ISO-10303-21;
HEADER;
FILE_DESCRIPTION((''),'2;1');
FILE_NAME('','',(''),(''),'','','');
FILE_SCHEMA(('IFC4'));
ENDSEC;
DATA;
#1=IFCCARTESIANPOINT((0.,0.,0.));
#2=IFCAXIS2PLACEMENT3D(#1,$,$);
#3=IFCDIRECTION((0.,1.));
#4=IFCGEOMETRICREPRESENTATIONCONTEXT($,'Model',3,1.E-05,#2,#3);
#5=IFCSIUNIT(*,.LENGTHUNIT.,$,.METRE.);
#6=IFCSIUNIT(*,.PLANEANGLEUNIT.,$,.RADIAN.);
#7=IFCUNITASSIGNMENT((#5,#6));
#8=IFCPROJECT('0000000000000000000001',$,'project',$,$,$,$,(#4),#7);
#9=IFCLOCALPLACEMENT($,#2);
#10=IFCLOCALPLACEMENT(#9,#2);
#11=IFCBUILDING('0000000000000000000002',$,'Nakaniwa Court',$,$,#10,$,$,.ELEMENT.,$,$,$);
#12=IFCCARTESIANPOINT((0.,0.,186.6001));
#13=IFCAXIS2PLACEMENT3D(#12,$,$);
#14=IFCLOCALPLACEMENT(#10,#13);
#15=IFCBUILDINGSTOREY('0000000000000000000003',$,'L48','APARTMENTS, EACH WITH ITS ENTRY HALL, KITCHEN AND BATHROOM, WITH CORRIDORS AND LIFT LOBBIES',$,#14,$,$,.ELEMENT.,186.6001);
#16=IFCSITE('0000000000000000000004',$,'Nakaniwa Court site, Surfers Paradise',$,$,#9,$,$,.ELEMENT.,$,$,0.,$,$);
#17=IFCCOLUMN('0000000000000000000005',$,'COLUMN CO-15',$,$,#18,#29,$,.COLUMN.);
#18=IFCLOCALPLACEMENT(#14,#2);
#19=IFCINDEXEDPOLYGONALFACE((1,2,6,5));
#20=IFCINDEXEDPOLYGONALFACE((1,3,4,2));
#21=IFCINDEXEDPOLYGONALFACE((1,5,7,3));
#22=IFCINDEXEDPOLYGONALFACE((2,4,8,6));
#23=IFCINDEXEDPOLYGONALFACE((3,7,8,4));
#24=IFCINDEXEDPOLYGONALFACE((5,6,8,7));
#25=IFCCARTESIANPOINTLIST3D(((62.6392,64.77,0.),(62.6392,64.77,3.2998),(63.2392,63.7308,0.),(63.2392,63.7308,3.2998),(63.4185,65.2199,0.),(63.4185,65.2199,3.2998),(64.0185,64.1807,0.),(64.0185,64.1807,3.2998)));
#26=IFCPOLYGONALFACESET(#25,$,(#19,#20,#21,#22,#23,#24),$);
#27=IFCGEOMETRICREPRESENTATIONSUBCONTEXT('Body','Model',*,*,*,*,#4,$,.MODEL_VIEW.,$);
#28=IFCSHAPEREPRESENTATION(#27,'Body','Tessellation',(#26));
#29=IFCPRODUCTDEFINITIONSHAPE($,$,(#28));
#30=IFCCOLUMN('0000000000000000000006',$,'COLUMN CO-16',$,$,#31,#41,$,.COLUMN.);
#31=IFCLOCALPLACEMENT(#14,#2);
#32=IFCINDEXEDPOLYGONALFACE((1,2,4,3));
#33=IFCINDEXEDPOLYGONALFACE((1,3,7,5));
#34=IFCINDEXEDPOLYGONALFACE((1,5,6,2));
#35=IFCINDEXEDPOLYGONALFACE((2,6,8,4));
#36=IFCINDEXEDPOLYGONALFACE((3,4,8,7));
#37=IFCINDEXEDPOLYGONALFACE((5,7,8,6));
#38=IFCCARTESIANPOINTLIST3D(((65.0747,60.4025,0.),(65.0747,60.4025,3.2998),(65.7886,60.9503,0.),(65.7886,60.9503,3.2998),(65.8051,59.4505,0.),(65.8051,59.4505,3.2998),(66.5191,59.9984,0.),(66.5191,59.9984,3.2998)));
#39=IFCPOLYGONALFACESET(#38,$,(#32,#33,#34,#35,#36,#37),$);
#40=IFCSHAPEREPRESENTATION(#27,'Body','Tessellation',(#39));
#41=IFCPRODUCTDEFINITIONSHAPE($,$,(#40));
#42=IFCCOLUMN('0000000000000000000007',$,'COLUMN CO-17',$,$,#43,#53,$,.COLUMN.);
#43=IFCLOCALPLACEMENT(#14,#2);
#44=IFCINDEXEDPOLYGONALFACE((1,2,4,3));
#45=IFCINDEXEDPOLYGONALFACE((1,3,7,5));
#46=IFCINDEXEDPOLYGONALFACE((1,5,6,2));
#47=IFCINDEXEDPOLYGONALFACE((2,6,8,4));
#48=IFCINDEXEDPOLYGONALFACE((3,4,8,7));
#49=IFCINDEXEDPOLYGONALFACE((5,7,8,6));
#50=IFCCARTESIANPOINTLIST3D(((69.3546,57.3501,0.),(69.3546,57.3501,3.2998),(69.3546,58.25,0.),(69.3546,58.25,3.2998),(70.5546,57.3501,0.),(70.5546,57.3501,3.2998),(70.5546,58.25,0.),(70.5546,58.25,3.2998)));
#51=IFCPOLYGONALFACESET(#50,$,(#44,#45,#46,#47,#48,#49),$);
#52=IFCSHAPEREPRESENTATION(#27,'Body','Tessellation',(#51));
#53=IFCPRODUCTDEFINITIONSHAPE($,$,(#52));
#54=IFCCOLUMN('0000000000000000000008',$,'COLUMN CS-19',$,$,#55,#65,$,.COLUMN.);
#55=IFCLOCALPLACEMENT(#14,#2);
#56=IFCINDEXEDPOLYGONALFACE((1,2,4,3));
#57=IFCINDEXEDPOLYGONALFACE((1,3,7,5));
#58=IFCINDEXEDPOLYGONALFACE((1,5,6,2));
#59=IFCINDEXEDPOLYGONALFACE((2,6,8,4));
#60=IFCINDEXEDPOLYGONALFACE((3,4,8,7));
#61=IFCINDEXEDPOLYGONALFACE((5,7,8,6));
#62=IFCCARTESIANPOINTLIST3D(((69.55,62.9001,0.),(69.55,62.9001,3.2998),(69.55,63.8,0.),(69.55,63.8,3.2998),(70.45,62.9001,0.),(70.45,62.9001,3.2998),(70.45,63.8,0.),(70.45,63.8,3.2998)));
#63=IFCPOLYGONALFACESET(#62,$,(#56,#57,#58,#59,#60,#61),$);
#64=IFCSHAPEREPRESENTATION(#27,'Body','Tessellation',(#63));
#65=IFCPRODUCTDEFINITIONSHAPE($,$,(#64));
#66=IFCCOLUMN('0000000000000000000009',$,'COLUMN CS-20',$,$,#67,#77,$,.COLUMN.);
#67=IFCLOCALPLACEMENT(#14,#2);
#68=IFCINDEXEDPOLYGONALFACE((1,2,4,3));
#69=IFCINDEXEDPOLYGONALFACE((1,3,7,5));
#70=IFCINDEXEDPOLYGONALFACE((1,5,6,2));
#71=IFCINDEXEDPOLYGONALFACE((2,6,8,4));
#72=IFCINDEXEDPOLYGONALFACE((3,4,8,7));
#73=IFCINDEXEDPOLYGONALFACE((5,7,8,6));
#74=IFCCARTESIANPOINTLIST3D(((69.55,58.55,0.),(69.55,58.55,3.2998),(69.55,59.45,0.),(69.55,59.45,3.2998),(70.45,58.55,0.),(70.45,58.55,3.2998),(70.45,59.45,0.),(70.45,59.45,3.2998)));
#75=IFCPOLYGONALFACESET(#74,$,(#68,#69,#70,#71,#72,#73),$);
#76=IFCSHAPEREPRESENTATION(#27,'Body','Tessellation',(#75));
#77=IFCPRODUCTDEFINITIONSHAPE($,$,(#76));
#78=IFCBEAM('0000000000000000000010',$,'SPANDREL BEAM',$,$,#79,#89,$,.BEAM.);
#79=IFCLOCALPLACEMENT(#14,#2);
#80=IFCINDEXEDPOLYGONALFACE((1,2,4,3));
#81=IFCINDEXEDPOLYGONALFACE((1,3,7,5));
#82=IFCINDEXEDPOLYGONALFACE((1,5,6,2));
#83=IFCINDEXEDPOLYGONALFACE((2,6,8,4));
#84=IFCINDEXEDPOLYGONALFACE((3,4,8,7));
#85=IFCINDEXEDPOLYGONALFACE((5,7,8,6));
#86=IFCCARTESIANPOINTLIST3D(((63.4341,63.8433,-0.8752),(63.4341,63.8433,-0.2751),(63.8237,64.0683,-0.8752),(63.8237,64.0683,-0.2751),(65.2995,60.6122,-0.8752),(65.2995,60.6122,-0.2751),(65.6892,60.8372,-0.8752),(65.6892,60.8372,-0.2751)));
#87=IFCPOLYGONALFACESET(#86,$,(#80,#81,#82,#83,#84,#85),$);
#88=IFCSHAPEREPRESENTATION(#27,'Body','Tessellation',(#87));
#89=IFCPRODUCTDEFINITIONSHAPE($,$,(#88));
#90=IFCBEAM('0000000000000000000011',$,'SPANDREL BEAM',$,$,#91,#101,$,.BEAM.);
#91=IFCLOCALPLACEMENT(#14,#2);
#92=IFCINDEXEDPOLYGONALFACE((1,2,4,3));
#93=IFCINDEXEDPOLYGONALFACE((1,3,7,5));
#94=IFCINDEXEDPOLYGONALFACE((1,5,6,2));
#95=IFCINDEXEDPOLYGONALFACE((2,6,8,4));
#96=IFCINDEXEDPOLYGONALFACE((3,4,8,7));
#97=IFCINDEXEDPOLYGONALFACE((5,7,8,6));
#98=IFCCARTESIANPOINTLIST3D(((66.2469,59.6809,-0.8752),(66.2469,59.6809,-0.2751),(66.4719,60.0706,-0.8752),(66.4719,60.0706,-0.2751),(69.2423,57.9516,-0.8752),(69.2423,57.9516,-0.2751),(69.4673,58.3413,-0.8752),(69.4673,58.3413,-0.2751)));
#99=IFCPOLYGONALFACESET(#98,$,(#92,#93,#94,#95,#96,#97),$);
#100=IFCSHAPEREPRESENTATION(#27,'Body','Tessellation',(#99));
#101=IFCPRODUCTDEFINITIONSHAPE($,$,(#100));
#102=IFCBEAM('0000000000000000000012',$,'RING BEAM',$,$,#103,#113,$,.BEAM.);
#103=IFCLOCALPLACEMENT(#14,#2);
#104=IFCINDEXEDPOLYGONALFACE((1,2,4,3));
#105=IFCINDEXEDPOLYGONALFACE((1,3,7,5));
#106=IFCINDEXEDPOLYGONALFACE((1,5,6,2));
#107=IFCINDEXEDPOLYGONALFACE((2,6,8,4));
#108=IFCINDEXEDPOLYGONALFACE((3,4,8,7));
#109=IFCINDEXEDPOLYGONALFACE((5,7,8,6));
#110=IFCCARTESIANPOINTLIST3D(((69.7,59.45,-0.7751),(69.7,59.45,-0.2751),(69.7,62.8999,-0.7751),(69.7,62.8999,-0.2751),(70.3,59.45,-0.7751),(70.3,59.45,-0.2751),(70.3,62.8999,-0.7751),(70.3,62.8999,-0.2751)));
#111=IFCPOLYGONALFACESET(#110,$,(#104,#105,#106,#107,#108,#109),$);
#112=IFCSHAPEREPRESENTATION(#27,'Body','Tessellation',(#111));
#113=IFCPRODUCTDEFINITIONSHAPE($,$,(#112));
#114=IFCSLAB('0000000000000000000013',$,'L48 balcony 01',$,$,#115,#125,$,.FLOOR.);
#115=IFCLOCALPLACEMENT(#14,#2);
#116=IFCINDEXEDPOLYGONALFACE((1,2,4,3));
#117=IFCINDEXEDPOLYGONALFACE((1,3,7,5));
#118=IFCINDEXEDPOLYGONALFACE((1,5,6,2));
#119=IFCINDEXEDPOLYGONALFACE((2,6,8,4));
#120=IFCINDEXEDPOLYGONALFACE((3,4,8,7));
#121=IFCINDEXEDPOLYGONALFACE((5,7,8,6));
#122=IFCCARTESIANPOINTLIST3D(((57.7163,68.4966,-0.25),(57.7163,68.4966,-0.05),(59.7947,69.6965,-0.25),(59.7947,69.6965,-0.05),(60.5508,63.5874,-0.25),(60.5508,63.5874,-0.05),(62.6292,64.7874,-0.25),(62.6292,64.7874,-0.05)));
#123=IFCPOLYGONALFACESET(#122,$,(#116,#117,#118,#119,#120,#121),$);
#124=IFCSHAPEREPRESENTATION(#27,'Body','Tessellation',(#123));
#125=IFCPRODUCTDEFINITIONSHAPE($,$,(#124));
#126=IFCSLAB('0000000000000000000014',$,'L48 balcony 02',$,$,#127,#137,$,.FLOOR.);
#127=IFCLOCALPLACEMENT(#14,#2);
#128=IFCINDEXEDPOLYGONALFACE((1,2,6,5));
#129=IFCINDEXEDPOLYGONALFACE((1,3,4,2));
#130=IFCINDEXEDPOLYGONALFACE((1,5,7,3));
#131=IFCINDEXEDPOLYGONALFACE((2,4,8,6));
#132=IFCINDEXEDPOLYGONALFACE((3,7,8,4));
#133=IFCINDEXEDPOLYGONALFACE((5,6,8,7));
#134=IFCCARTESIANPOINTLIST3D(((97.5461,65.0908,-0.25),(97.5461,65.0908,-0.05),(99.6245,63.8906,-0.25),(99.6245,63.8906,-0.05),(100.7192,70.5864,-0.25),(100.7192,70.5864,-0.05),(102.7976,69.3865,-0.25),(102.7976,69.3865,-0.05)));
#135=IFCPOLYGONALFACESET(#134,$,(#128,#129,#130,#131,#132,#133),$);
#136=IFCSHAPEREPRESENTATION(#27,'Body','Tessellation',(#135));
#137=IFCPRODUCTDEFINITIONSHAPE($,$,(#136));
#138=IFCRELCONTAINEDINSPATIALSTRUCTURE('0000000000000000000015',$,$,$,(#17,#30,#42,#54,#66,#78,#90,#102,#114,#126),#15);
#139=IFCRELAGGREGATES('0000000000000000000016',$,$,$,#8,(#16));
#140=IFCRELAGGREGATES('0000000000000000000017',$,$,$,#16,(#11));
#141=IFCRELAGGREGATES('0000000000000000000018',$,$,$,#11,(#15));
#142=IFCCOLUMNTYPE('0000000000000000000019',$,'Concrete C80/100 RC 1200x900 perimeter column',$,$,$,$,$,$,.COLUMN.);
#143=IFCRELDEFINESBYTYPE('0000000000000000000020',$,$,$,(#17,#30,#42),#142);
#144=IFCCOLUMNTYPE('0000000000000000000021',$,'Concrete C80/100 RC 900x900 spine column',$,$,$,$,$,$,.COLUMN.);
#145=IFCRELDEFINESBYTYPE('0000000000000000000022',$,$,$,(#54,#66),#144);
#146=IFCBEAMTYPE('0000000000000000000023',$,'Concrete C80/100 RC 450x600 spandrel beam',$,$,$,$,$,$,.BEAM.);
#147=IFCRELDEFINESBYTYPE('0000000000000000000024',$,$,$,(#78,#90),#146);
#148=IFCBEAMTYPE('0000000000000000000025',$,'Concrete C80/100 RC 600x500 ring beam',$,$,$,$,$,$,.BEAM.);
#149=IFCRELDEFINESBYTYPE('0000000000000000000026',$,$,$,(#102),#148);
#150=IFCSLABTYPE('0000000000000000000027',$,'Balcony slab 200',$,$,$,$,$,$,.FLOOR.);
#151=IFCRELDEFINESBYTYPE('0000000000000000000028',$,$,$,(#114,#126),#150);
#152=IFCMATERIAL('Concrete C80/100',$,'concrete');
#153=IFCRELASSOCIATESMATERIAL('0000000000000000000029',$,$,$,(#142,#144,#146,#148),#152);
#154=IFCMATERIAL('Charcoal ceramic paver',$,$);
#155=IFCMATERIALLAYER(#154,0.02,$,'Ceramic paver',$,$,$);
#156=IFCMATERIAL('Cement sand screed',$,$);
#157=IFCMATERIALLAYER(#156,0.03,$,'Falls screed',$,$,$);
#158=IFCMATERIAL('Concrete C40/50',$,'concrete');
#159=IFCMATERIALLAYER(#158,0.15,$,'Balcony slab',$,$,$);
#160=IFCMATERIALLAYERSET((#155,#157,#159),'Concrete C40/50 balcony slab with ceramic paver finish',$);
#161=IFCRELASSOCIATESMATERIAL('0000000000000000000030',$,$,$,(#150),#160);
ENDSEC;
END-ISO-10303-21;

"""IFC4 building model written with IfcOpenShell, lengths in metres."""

from ifc_helpers import new_model, si_unit, direction, frame, origin, origin_2d, place, context, subcontext, project, spatial, polyline, rectangle, outline, extrude, material, layer, layer_set, material_profile, profile_set, type_object, element, save


model = new_model("IFC4")

# Units and contexts
model_context = context("Model", 3, precision=1e-05, world=origin(), true_north=direction((0.0, 1.0)))
body_context = subcontext(model_context, "Body", "Model", "MODEL_VIEW")
ifc_project = project(units=[si_unit("LENGTHUNIT", "METRE"), si_unit("PLANEANGLEUNIT", "RADIAN")], contexts=[model_context])

# Site, building, storey
site_placement = place(None, origin())
site = spatial("IfcSite", under=ifc_project, at=site_placement, Name="Nakaniwa Court site, Surfers Paradise", CompositionType="ELEMENT", RefElevation=0.0)
building_placement = place(site_placement, origin())
building = spatial("IfcBuilding", under=site, at=building_placement, Name="Nakaniwa Court", CompositionType="ELEMENT")
storey_placement = place(building_placement, frame((0.0, 0.0, 186.6001)))
storey = spatial("IfcBuildingStorey", under=building, at=storey_placement, Name="L48", Description="APARTMENTS, EACH WITH ITS ENTRY HALL, KITCHEN AND BATHROOM, WITH CORRIDORS AND LIFT LOBBIES", CompositionType="ELEMENT", Elevation=186.6001)

# Columns
ifc_material_1 = material(Name="Concrete C80/100", Category="concrete")
ifc_material_profile_1 = material_profile(ifc_material_1, rectangle(XDim=1.2, YDim=0.8999, at=origin_2d()), Name="Concrete C80/100 RC 1200x900 perimeter column")
ifc_profile_set_1 = profile_set([ifc_material_profile_1], Name="Concrete C80/100")
column_type_1 = type_object("IfcColumnType", Name="Concrete C80/100 RC 1200x900 perimeter column", PredefinedType="COLUMN", material=ifc_profile_set_1)
for number, where, z_axis, x_axis, name in (
    (1, (63.3289, 64.4753, 0.0), (0.0, 0.0, 1.0), (0.5, -0.866025, 0.0), "COLUMN CO-15"),
    (2, (65.7969, 60.2004, 0.0), (0.0, 0.0, 1.0), (0.608761, -0.793353, 0.0), "COLUMN CO-16"),
    (3, (69.9546, 57.8, 0.0), (0.0, 0.0, 1.0), (1.0, 0.0, 0.0), "COLUMN CO-17"),
):
    element("IfcColumn", number, at=place(storey_placement, frame(where, z_axis=z_axis, x_axis=x_axis)), inside=storey, type_object=column_type_1, Name=name, PredefinedType="COLUMN", context=body_context, shape_type="SweptSolid", body=[
        extrude(rectangle(XDim=1.2, YDim=0.8999, at=origin_2d()), origin(), (0.0, 0.0, 1.0), 3.2998),
    ])
ifc_material_profile_2 = material_profile(ifc_material_1, rectangle(XDim=0.8999, YDim=0.8999, at=origin_2d()), Name="Concrete C80/100 RC 900x900 spine column")
ifc_profile_set_2 = profile_set([ifc_material_profile_2], Name="Concrete C80/100")
column_type_2 = type_object("IfcColumnType", Name="Concrete C80/100 RC 900x900 spine column", PredefinedType="COLUMN", material=ifc_profile_set_2)
for number, where, z_axis, x_axis, name in (
    (4, (70.0, 63.3501, 0.0), (0.0, 0.0, 1.0), (0.0, -1.0, 0.0), "COLUMN CS-19"),
    (5, (70.0, 59.0, 0.0), (0.0, 0.0, 1.0), (0.0, -1.0, 0.0), "COLUMN CS-20"),
):
    element("IfcColumn", number, at=place(storey_placement, frame(where, z_axis=z_axis, x_axis=x_axis)), inside=storey, type_object=column_type_2, Name=name, PredefinedType="COLUMN", context=body_context, shape_type="SweptSolid", body=[
        extrude(rectangle(XDim=0.8999, YDim=0.8999, at=origin_2d()), origin(), (0.0, 0.0, 1.0), 3.2998),
    ])

# Beams
ifc_material_profile_3 = material_profile(ifc_material_1, rectangle(XDim=0.45, YDim=0.6001, at=origin_2d()), Name="Concrete C80/100 RC 450x600 spandrel beam")
ifc_profile_set_3 = profile_set([ifc_material_profile_3], Name="Concrete C80/100")
beam_type_1 = type_object("IfcBeamType", Name="Concrete C80/100 RC 450x600 spandrel beam", PredefinedType="BEAM", material=ifc_profile_set_3)
beam_1_placement = place(storey_placement, frame((63.6289, 63.9558, -0.5752), z_axis=(0.499989, -0.866032, 0.0), x_axis=(0.866032, 0.499989, 0.0)))
element("IfcBeam", 6, at=beam_1_placement, inside=storey, type_object=beam_type_1, Name="SPANDREL BEAM", PredefinedType="BEAM", context=body_context, shape_type="SweptSolid", body=[
    extrude(rectangle(XDim=0.45, YDim=0.6001, at=origin_2d()), origin(), (0.0, 0.0, 1.0), 3.731),
])
beam_2_placement = place(storey_placement, frame((66.3594, 59.8757, -0.5752), z_axis=(0.866041, -0.499973, 0.0), x_axis=(0.499973, 0.866041, 0.0)))
element("IfcBeam", 7, at=beam_2_placement, inside=storey, type_object=beam_type_1, Name="SPANDREL BEAM", PredefinedType="BEAM", context=body_context, shape_type="SweptSolid", body=[
    extrude(rectangle(XDim=0.45, YDim=0.6001, at=origin_2d()), origin(), (0.0, 0.0, 1.0), 3.4587),
])
ifc_material_profile_4 = material_profile(ifc_material_1, rectangle(XDim=0.6001, YDim=0.5, at=origin_2d()), Name="Concrete C80/100 RC 600x500 ring beam")
ifc_profile_set_4 = profile_set([ifc_material_profile_4], Name="Concrete C80/100")
beam_type_2 = type_object("IfcBeamType", Name="Concrete C80/100 RC 600x500 ring beam", PredefinedType="BEAM", material=ifc_profile_set_4)
beam_3_placement = place(storey_placement, frame((70.0, 62.8999, -0.5251), z_axis=(0.0, -1.0, 0.0), x_axis=(1.0, 0.0, 0.0)))
element("IfcBeam", 8, at=beam_3_placement, inside=storey, type_object=beam_type_2, Name="RING BEAM", PredefinedType="BEAM", context=body_context, shape_type="SweptSolid", body=[
    extrude(rectangle(XDim=0.6001, YDim=0.5, at=origin_2d()), origin(), (0.0, 0.0, 1.0), 3.45),
])

# Slabs
ifc_material_2 = material(Name="Charcoal ceramic paver")
ifc_layer_1 = layer(ifc_material_2, 0.02, Name="Ceramic paver")
ifc_material_3 = material(Name="Cement sand screed")
ifc_layer_2 = layer(ifc_material_3, 0.03, Name="Falls screed")
ifc_material_4 = material(Name="Concrete C40/50", Category="concrete")
ifc_layer_3 = layer(ifc_material_4, 0.15, Name="Balcony slab")
ifc_layer_set_1 = layer_set([ifc_layer_1, ifc_layer_2, ifc_layer_3], Name="Concrete C40/50 balcony slab with ceramic paver finish")
slab_type_1 = type_object("IfcSlabType", Name="Balcony slab 200", PredefinedType="FLOOR", material=ifc_layer_set_1)
slab_1_placement = place(storey_placement, frame((0.0, 0.0, -0.25)))
element("IfcSlab", 9, at=slab_1_placement, inside=storey, type_object=slab_type_1, Name="L48 balcony 01", PredefinedType="FLOOR", context=body_context, shape_type="SweptSolid", body=[
    extrude(outline(polyline([(59.7947, 69.6965), (62.6292, 64.7874), (60.5508, 63.5874), (57.7163, 68.4966), (59.7947, 69.6965)])), origin(), (0.0, 0.0, 1.0), 0.2),
])
slab_2_placement = place(storey_placement, frame((0.0, 0.0, -0.25)))
element("IfcSlab", 10, at=slab_2_placement, inside=storey, type_object=slab_type_1, Name="L48 balcony 02", PredefinedType="FLOOR", context=body_context, shape_type="SweptSolid", body=[
    extrude(outline(polyline([(97.5461, 65.0908), (100.7192, 70.5864), (102.7976, 69.3865), (99.6245, 63.8906), (97.5461, 65.0908)])), origin(), (0.0, 0.0, 1.0), 0.2),
])

save(model, "model.ifc")
